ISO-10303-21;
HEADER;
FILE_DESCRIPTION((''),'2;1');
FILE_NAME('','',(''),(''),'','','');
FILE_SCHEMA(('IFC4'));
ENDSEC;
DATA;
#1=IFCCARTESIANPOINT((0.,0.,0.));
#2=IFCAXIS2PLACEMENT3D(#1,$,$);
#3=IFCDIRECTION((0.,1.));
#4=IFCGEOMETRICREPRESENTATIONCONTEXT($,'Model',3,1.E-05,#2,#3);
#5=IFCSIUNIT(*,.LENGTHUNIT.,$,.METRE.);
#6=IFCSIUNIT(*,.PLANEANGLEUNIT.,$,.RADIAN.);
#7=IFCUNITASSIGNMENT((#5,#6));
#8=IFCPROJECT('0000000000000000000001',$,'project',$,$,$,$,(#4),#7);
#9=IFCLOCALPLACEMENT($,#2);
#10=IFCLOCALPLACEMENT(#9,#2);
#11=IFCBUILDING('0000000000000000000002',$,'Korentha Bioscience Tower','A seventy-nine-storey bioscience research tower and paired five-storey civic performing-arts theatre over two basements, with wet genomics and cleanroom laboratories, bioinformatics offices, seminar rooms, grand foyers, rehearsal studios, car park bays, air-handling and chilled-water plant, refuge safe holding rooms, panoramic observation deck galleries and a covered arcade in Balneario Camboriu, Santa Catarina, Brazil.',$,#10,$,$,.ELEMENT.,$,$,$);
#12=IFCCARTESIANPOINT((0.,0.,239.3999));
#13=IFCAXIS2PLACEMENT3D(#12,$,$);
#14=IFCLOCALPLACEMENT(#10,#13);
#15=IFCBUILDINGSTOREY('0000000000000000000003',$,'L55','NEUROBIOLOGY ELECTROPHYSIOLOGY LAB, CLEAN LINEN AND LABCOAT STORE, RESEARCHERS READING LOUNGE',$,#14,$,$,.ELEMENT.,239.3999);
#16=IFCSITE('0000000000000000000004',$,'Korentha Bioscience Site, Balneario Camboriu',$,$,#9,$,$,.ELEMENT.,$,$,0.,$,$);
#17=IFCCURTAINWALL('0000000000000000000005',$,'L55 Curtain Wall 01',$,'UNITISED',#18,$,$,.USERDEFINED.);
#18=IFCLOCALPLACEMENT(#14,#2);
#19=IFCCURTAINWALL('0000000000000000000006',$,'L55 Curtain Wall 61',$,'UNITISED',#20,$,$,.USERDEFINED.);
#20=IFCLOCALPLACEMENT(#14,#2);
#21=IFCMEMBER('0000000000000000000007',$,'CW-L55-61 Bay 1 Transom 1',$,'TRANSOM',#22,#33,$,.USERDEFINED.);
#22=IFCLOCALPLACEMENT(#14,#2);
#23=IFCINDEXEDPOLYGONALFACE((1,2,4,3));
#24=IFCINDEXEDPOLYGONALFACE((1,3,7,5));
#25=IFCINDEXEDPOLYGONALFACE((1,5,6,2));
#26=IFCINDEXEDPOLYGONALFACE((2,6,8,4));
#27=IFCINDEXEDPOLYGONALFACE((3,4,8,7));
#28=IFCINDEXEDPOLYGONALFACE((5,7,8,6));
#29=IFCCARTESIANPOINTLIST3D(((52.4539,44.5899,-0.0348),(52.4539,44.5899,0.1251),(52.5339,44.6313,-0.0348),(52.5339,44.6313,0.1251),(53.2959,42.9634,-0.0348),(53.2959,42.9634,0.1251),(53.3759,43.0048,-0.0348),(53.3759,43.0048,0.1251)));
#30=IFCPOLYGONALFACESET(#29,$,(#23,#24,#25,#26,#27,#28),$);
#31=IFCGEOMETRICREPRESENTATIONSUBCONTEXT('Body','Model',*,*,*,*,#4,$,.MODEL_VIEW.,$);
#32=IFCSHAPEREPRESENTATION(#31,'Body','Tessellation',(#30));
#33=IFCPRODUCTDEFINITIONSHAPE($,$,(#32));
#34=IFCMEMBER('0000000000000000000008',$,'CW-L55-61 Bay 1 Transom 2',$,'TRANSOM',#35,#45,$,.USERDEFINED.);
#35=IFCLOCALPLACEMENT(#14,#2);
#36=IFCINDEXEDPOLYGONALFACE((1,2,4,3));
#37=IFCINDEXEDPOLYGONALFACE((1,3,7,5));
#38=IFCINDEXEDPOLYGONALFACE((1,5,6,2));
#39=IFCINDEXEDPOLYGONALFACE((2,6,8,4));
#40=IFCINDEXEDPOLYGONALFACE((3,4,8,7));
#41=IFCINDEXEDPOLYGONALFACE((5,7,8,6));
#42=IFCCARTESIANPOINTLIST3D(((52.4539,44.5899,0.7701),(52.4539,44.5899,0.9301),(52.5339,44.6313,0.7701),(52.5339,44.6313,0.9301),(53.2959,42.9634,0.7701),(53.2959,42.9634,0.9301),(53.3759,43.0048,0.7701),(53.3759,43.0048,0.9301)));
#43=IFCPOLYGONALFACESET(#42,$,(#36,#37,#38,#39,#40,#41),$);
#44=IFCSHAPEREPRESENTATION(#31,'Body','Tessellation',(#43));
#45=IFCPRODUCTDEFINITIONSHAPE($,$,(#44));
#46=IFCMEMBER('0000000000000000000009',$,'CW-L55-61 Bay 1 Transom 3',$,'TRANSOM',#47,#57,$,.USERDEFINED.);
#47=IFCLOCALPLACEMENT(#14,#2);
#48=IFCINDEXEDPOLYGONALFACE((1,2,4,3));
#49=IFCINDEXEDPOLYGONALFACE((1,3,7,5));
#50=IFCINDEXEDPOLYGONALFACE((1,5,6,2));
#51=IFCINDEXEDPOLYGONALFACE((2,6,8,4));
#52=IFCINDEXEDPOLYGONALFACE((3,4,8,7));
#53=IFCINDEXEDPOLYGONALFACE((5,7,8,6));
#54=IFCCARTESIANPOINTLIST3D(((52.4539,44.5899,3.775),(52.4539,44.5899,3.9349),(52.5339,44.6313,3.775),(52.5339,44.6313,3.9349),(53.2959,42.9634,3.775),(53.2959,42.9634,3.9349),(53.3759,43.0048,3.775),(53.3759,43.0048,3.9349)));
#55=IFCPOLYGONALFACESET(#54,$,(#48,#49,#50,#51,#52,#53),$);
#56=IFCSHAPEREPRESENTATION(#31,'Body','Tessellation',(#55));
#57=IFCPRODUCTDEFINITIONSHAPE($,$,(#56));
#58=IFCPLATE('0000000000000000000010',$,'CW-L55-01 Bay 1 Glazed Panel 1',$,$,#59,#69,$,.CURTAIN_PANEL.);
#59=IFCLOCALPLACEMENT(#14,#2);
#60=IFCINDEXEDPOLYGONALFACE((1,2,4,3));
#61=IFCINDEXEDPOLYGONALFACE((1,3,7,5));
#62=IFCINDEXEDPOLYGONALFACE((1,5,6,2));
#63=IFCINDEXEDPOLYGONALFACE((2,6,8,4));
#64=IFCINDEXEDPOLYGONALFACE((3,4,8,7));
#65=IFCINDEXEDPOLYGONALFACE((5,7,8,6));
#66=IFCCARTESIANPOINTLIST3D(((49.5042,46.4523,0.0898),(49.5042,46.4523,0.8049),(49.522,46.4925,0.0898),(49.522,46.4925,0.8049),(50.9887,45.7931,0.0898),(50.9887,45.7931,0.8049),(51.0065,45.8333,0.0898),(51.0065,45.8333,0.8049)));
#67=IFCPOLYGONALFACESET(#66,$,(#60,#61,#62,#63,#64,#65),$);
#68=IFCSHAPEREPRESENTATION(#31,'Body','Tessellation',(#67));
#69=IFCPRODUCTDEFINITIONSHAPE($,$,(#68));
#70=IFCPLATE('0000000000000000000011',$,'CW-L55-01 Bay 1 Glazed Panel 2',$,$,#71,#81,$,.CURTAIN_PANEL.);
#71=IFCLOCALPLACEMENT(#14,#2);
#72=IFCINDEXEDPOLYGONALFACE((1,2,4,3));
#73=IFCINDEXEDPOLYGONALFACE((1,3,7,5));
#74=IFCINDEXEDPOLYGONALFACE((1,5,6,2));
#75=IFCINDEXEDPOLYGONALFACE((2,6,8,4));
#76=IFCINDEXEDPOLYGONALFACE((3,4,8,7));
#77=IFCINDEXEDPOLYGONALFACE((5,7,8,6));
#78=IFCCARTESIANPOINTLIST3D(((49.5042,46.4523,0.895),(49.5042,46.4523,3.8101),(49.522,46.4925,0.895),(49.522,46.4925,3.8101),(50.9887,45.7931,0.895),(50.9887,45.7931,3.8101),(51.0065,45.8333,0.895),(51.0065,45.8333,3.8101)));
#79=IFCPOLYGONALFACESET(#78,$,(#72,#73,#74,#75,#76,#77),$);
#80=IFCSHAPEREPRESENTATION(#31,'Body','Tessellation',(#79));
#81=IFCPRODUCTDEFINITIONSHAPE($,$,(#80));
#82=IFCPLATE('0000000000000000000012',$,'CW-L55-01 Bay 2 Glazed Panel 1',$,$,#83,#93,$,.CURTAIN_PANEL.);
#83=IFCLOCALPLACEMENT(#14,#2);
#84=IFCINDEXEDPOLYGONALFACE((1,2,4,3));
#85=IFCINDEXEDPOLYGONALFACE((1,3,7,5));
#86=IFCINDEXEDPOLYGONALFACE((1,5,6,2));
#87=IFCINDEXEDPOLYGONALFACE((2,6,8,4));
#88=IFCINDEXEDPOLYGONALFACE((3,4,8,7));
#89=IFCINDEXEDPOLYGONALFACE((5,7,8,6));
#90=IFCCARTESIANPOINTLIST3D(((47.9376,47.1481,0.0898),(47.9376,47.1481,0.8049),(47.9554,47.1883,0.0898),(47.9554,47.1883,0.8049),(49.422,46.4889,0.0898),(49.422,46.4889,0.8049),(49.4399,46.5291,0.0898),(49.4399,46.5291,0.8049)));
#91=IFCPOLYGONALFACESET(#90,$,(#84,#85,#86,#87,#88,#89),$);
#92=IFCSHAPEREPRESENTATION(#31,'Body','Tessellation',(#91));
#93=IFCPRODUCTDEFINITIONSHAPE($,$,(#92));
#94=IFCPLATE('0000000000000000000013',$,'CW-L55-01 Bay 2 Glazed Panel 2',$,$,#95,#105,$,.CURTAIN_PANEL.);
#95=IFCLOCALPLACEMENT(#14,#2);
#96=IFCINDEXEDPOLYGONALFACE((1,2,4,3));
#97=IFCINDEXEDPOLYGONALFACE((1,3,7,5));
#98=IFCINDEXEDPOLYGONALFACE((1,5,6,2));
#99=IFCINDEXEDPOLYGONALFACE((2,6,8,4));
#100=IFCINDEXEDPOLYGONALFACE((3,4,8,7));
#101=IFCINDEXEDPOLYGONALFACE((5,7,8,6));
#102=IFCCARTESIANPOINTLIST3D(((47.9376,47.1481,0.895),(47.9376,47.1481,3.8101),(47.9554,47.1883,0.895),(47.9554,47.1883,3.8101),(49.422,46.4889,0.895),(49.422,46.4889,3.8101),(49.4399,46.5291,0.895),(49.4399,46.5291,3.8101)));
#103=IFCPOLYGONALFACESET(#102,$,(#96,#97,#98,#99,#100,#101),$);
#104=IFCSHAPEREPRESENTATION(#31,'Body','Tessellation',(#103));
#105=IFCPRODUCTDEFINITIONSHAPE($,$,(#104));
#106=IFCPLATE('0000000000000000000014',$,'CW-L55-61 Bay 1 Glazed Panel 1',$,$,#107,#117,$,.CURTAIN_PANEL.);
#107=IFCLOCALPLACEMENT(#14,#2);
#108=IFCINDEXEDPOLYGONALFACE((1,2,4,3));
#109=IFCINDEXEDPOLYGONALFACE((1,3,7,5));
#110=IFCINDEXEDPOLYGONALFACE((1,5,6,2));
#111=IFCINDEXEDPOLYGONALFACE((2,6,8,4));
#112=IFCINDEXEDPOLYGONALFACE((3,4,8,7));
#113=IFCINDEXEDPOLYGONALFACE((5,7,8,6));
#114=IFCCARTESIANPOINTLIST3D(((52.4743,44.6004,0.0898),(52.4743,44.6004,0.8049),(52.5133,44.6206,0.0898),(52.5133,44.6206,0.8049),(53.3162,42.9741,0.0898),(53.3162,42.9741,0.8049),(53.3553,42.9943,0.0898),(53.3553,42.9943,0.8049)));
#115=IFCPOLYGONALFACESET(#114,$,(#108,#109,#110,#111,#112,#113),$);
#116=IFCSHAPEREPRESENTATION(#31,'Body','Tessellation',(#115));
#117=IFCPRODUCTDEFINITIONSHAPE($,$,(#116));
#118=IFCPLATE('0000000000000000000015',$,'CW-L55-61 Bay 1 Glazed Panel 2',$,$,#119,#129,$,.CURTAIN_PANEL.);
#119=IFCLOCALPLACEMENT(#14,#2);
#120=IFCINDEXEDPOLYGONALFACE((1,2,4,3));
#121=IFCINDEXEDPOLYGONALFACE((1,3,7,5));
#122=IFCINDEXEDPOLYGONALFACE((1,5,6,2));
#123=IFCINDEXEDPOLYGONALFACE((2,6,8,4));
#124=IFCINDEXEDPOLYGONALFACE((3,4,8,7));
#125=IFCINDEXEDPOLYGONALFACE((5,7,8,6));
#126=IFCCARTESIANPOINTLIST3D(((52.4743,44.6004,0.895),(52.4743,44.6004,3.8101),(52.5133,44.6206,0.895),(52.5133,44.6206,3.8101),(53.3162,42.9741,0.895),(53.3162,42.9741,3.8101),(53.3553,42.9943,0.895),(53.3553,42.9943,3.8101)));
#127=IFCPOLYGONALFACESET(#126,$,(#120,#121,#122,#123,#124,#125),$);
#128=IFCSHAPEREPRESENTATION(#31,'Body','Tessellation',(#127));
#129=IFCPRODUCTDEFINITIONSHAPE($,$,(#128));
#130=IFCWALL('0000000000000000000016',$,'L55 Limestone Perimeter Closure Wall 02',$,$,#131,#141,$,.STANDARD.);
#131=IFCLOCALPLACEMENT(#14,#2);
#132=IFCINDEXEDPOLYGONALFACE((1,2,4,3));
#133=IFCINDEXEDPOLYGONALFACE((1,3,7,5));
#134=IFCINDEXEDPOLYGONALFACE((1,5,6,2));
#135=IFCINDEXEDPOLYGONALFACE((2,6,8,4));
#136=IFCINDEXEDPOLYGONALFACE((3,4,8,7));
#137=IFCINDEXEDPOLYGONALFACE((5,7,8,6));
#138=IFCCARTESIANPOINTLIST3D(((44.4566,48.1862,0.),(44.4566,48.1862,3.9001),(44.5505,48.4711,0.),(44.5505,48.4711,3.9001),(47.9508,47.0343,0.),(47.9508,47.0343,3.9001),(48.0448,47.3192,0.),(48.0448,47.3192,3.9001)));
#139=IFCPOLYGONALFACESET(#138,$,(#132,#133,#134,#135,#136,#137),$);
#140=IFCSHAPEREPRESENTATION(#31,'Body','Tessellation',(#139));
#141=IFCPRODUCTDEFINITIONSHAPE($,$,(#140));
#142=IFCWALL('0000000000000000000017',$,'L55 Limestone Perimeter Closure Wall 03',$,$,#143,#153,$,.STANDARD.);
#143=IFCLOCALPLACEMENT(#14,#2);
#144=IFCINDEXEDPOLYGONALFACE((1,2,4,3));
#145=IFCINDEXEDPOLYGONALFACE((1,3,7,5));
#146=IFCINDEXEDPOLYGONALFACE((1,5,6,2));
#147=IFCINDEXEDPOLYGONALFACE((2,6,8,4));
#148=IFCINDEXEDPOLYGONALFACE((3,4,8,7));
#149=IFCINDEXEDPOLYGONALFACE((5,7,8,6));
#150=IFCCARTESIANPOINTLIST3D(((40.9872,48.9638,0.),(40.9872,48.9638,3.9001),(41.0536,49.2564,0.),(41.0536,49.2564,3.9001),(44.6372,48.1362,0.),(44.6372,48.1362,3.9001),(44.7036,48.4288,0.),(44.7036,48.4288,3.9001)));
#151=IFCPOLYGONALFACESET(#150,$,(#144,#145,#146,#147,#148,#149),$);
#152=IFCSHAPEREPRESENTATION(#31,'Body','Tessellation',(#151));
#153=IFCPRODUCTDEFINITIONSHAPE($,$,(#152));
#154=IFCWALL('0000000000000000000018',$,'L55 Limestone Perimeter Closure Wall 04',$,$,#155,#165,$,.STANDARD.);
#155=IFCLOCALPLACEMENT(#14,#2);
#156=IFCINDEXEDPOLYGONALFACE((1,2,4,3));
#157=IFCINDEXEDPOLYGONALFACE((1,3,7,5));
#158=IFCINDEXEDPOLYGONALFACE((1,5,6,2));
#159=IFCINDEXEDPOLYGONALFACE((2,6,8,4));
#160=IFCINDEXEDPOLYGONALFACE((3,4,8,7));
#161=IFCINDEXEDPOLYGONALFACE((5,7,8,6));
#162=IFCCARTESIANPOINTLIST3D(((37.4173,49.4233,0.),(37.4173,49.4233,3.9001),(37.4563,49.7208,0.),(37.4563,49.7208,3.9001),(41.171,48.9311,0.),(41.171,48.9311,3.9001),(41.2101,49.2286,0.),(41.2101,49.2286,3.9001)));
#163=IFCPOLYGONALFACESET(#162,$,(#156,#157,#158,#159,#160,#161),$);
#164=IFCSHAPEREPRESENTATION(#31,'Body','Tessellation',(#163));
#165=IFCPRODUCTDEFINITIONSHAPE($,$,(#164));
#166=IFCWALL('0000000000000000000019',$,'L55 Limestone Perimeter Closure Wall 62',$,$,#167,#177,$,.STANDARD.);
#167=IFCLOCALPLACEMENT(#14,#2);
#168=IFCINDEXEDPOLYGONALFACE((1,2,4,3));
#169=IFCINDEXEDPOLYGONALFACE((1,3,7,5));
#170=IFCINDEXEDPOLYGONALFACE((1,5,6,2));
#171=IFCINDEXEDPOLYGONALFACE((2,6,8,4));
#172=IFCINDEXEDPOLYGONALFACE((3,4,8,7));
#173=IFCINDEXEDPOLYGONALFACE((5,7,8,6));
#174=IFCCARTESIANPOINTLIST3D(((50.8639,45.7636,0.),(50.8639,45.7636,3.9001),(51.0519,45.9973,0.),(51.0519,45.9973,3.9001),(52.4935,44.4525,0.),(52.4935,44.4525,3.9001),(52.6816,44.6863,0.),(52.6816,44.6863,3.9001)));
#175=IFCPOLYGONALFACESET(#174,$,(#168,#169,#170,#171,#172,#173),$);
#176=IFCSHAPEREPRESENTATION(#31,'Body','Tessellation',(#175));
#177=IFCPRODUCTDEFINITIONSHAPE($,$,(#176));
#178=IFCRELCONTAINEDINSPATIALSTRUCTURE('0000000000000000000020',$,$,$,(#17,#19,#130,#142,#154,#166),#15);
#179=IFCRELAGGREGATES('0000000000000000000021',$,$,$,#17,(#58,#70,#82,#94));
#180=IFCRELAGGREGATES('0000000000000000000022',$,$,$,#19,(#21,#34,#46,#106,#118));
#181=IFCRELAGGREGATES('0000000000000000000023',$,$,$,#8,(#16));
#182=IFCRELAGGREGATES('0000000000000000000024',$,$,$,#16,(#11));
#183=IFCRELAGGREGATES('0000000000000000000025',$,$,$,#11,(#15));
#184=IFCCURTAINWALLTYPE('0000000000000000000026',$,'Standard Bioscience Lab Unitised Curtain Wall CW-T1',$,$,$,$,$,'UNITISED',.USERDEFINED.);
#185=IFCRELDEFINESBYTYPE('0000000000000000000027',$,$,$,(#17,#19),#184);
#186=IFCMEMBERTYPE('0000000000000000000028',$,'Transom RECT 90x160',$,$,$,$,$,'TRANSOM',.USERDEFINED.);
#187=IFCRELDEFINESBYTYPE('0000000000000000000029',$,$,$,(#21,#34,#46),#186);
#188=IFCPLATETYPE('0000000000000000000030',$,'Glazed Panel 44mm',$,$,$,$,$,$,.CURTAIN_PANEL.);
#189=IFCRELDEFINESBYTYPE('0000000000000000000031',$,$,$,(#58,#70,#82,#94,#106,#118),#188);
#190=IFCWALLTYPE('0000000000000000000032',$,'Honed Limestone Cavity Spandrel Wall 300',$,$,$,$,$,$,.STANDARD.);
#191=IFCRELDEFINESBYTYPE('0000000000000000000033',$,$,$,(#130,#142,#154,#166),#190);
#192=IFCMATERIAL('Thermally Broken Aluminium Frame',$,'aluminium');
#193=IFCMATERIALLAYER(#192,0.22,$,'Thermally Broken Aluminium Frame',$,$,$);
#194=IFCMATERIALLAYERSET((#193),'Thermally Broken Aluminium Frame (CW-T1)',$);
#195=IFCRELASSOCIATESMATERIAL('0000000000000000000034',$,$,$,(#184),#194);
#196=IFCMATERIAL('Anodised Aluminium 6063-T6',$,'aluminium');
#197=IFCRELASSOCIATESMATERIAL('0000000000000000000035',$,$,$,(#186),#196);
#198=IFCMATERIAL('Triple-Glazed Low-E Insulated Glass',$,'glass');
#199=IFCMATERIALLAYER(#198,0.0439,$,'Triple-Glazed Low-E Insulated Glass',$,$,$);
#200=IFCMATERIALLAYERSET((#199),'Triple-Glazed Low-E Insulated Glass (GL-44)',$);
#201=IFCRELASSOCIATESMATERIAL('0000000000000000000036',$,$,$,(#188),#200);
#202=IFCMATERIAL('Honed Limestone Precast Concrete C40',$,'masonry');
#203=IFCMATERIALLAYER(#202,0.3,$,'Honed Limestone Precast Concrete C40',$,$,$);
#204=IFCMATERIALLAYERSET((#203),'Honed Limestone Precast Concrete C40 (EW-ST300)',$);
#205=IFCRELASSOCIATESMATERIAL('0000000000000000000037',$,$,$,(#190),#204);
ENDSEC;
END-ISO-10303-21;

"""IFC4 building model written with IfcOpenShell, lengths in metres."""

from ifc_helpers import new_model, si_unit, direction, frame, frame_2d, origin, origin_2d, place, context, subcontext, project, spatial, rectangle, extrude, material, layer, layer_set, material_profile, profile_set, type_object, element, aggregate, save


model = new_model("IFC4")

# Units and contexts
model_context = context("Model", 3, precision=1e-05, world=origin(), true_north=direction((0.0, 1.0)))
body_context = subcontext(model_context, "Body", "Model", "MODEL_VIEW")
ifc_project = project(units=[si_unit("LENGTHUNIT", "METRE"), si_unit("PLANEANGLEUNIT", "RADIAN")], contexts=[model_context])

# Site, building, storey
site_placement = place(None, origin())
site = spatial("IfcSite", under=ifc_project, at=site_placement, Name="Korentha Bioscience Site, Balneario Camboriu", CompositionType="ELEMENT", RefElevation=0.0)
building_placement = place(site_placement, origin())
building = spatial("IfcBuilding", under=site, at=building_placement, Name="Korentha Bioscience Tower", Description="A seventy-nine-storey bioscience research tower and paired five-storey civic performing-arts theatre over two basements, with wet genomics and cleanroom laboratories, bioinformatics offices, seminar rooms, grand foyers, rehearsal studios, car park bays, air-handling and chilled-water plant, refuge safe holding rooms, panoramic observation deck galleries and a covered arcade in Balneario Camboriu, Santa Catarina, Brazil.", CompositionType="ELEMENT")
storey_placement = place(building_placement, frame((0.0, 0.0, 239.3999)))
storey = spatial("IfcBuildingStorey", under=building, at=storey_placement, Name="L55", Description="NEUROBIOLOGY ELECTROPHYSIOLOGY LAB, CLEAN LINEN AND LABCOAT STORE, RESEARCHERS READING LOUNGE", CompositionType="ELEMENT", Elevation=239.3999)

# Curtain walls
ifc_material_1 = material(Name="Thermally Broken Aluminium Frame", Category="aluminium")
ifc_layer_1 = layer(ifc_material_1, 0.22, Name="Thermally Broken Aluminium Frame")
ifc_layer_set_1 = layer_set([ifc_layer_1], Name="Thermally Broken Aluminium Frame (CW-T1)")
curtain_wall_type = type_object("IfcCurtainWallType", Name="Standard Bioscience Lab Unitised Curtain Wall CW-T1", ElementType="UNITISED", PredefinedType="USERDEFINED", material=ifc_layer_set_1)
curtain_wall_1_placement = place(storey_placement, origin())
curtain_wall_1 = element("IfcCurtainWall", 1, at=curtain_wall_1_placement, inside=storey, type_object=curtain_wall_type, Name="L55 Curtain Wall 01", ObjectType="UNITISED", PredefinedType="USERDEFINED")
ifc_material_2 = material(Name="Anodised Aluminium 6063-T6", Category="aluminium")
curtain_wall_2_placement = place(storey_placement, origin())
curtain_wall_2 = element("IfcCurtainWall", 2, at=curtain_wall_2_placement, inside=storey, type_object=curtain_wall_type, Name="L55 Curtain Wall 61", ObjectType="UNITISED", PredefinedType="USERDEFINED")

# Members
ifc_material_profile_1 = material_profile(ifc_material_2, rectangle(XDim=0.0901, YDim=0.1599, at=origin_2d()), Name="Anodised Aluminium 6063-T6")
ifc_profile_set_1 = profile_set([ifc_material_profile_1], Name="Anodised Aluminium 6063-T6 (CW-TRN)")
member_type_1 = type_object("IfcMemberType", Name="Transom RECT 90x160", ElementType="TRANSOM", PredefinedType="USERDEFINED", material=ifc_profile_set_1)
member_1_placement = place(storey_placement, frame((53.3359, 42.9841, 0.0452), z_axis=(-0.459753, 0.888047, 0.0), x_axis=(-0.888047, -0.459753, 0.0)))
member_1 = element("IfcMember", 3, at=member_1_placement, type_object=member_type_1, Name="CW-L55-61 Bay 1 Transom 1", ObjectType="TRANSOM", PredefinedType="USERDEFINED", context=body_context, shape_type="SweptSolid", body=[
    extrude(rectangle(XDim=0.0901, YDim=0.1599, at=origin_2d()), origin(), (0.0, 0.0, 1.0), 1.8315),
])
member_2_placement = place(storey_placement, frame((53.3359, 42.9841, 0.8501), z_axis=(-0.459753, 0.888047, 0.0), x_axis=(-0.888047, -0.459753, 0.0)))
member_2 = element("IfcMember", 4, at=member_2_placement, type_object=member_type_1, Name="CW-L55-61 Bay 1 Transom 2", ObjectType="TRANSOM", PredefinedType="USERDEFINED", context=body_context, shape_type="SweptSolid", body=[
    extrude(rectangle(XDim=0.0901, YDim=0.1599, at=origin_2d()), origin(), (0.0, 0.0, 1.0), 1.8315),
])
member_3_placement = place(storey_placement, frame((53.3359, 42.9841, 3.855), z_axis=(-0.459753, 0.888047, 0.0), x_axis=(-0.888047, -0.459753, 0.0)))
member_3 = element("IfcMember", 5, at=member_3_placement, type_object=member_type_1, Name="CW-L55-61 Bay 1 Transom 3", ObjectType="TRANSOM", PredefinedType="USERDEFINED", context=body_context, shape_type="SweptSolid", body=[
    extrude(rectangle(XDim=0.0901, YDim=0.1599, at=origin_2d()), origin(), (0.0, 0.0, 1.0), 1.8315),
])

# Plates
ifc_material_3 = material(Name="Triple-Glazed Low-E Insulated Glass", Category="glass")
ifc_layer_2 = layer(ifc_material_3, 0.0439, Name="Triple-Glazed Low-E Insulated Glass")
ifc_layer_set_2 = layer_set([ifc_layer_2], Name="Triple-Glazed Low-E Insulated Glass (GL-44)")
plate_type = type_object("IfcPlateType", Name="Glazed Panel 44mm", PredefinedType="CURTAIN_PANEL", material=ifc_layer_set_2)
plate_1_placement = place(storey_placement, frame((50.2554, 46.1428, 0.0898), z_axis=(0.0, 0.0, 1.0), x_axis=(-0.913944, 0.40584, 0.0)))
plate_1 = element("IfcPlate", 6, at=plate_1_placement, type_object=plate_type, Name="CW-L55-01 Bay 1 Glazed Panel 1", PredefinedType="CURTAIN_PANEL", context=body_context, shape_type="SweptSolid", body=[
    extrude(rectangle(XDim=1.6243, YDim=0.0439, at=origin_2d()), origin(), (0.0, 0.0, 1.0), 0.7151),
])
plate_2_placement = place(storey_placement, frame((50.2554, 46.1428, 0.895), z_axis=(0.0, 0.0, 1.0), x_axis=(-0.913944, 0.40584, 0.0)))
plate_2 = element("IfcPlate", 7, at=plate_2_placement, type_object=plate_type, Name="CW-L55-01 Bay 1 Glazed Panel 2", PredefinedType="CURTAIN_PANEL", context=body_context, shape_type="SweptSolid", body=[
    extrude(rectangle(XDim=1.6243, YDim=0.0439, at=origin_2d()), origin(), (0.0, 0.0, 1.0), 2.915),
])
plate_3_placement = place(storey_placement, frame((48.6887, 46.8386, 0.0898), z_axis=(0.0, 0.0, 1.0), x_axis=(-0.913944, 0.40584, 0.0)))
plate_3 = element("IfcPlate", 8, at=plate_3_placement, type_object=plate_type, Name="CW-L55-01 Bay 2 Glazed Panel 1", PredefinedType="CURTAIN_PANEL", context=body_context, shape_type="SweptSolid", body=[
    extrude(rectangle(XDim=1.6243, YDim=0.0439, at=origin_2d()), origin(), (0.0, 0.0, 1.0), 0.7151),
])
plate_4_placement = place(storey_placement, frame((48.6887, 46.8386, 0.895), z_axis=(0.0, 0.0, 1.0), x_axis=(-0.913944, 0.40584, 0.0)))
plate_4 = element("IfcPlate", 9, at=plate_4_placement, type_object=plate_type, Name="CW-L55-01 Bay 2 Glazed Panel 2", PredefinedType="CURTAIN_PANEL", context=body_context, shape_type="SweptSolid", body=[
    extrude(rectangle(XDim=1.6243, YDim=0.0439, at=origin_2d()), origin(), (0.0, 0.0, 1.0), 2.915),
])
aggregate(curtain_wall_1, [plate_1, plate_2, plate_3, plate_4])
plate_5_placement = place(storey_placement, frame((52.9148, 43.7974, 0.0898), z_axis=(0.0, 0.0, 1.0), x_axis=(-0.459738, 0.888055, 0.0)))
plate_5 = element("IfcPlate", 10, at=plate_5_placement, type_object=plate_type, Name="CW-L55-61 Bay 1 Glazed Panel 1", PredefinedType="CURTAIN_PANEL", context=body_context, shape_type="SweptSolid", body=[
    extrude(rectangle(XDim=1.8313, YDim=0.0439, at=origin_2d()), origin(), (0.0, 0.0, 1.0), 0.7151),
])
plate_6_placement = place(storey_placement, frame((52.9148, 43.7974, 0.895), z_axis=(0.0, 0.0, 1.0), x_axis=(-0.459738, 0.888055, 0.0)))
plate_6 = element("IfcPlate", 11, at=plate_6_placement, type_object=plate_type, Name="CW-L55-61 Bay 1 Glazed Panel 2", PredefinedType="CURTAIN_PANEL", context=body_context, shape_type="SweptSolid", body=[
    extrude(rectangle(XDim=1.8313, YDim=0.0439, at=origin_2d()), origin(), (0.0, 0.0, 1.0), 2.915),
])
aggregate(curtain_wall_2, [member_1, member_2, member_3, plate_5, plate_6])

# Walls
ifc_material_4 = material(Name="Honed Limestone Precast Concrete C40", Category="masonry")
ifc_layer_3 = layer(ifc_material_4, 0.3, Name="Honed Limestone Precast Concrete C40")
ifc_layer_set_3 = layer_set([ifc_layer_3], Name="Honed Limestone Precast Concrete C40 (EW-ST300)")
wall_type = type_object("IfcWallType", Name="Honed Limestone Cavity Spandrel Wall 300", PredefinedType="STANDARD", material=ifc_layer_set_3)
wall_1_placement = place(storey_placement, frame((47.9978, 47.1768, 0.0), z_axis=(0.0, 0.0, 1.0), x_axis=(-0.949727, 0.313081, 0.0)))
element("IfcWall", 12, at=wall_1_placement, inside=storey, type_object=wall_type, Name="L55 Limestone Perimeter Closure Wall 02", PredefinedType="STANDARD", context=body_context, shape_type="SweptSolid", body=[
    extrude(rectangle(XDim=3.6792, YDim=0.3, at=frame_2d((1.8396, 0.0))), origin(), (0.0, 0.0, 1.0), 3.9001),
])
wall_2_placement = place(storey_placement, frame((44.6704, 48.2825, 0.0), z_axis=(0.0, 0.0, 1.0), x_axis=(-0.975242, 0.221142, 0.0)))
element("IfcWall", 13, at=wall_2_placement, inside=storey, type_object=wall_type, Name="L55 Limestone Perimeter Closure Wall 03", PredefinedType="STANDARD", context=body_context, shape_type="SweptSolid", body=[
    extrude(rectangle(XDim=3.7427, YDim=0.3, at=frame_2d((1.8713, 0.0))), origin(), (0.0, 0.0, 1.0), 3.9001),
])
wall_3_placement = place(storey_placement, frame((41.1907, 49.0798, 0.0), z_axis=(0.0, 0.0, 1.0), x_axis=(-0.991513, 0.130009, 0.0)))
element("IfcWall", 14, at=wall_3_placement, inside=storey, type_object=wall_type, Name="L55 Limestone Perimeter Closure Wall 04", PredefinedType="STANDARD", context=body_context, shape_type="SweptSolid", body=[
    extrude(rectangle(XDim=3.7859, YDim=0.3, at=frame_2d((1.8931, 0.0))), origin(), (0.0, 0.0, 1.0), 3.9001),
])
wall_4_placement = place(storey_placement, frame((52.5876, 44.5693, 0.0), z_axis=(0.0, 0.0, 1.0), x_axis=(-0.779158, 0.626828, 0.0)))
element("IfcWall", 15, at=wall_4_placement, inside=storey, type_object=wall_type, Name="L55 Limestone Perimeter Closure Wall 62", PredefinedType="STANDARD", context=body_context, shape_type="SweptSolid", body=[
    extrude(rectangle(XDim=2.0916, YDim=0.3, at=frame_2d((1.0459, 0.0))), origin(), (0.0, 0.0, 1.0), 3.9001),
])

save(model, "model.ifc")
